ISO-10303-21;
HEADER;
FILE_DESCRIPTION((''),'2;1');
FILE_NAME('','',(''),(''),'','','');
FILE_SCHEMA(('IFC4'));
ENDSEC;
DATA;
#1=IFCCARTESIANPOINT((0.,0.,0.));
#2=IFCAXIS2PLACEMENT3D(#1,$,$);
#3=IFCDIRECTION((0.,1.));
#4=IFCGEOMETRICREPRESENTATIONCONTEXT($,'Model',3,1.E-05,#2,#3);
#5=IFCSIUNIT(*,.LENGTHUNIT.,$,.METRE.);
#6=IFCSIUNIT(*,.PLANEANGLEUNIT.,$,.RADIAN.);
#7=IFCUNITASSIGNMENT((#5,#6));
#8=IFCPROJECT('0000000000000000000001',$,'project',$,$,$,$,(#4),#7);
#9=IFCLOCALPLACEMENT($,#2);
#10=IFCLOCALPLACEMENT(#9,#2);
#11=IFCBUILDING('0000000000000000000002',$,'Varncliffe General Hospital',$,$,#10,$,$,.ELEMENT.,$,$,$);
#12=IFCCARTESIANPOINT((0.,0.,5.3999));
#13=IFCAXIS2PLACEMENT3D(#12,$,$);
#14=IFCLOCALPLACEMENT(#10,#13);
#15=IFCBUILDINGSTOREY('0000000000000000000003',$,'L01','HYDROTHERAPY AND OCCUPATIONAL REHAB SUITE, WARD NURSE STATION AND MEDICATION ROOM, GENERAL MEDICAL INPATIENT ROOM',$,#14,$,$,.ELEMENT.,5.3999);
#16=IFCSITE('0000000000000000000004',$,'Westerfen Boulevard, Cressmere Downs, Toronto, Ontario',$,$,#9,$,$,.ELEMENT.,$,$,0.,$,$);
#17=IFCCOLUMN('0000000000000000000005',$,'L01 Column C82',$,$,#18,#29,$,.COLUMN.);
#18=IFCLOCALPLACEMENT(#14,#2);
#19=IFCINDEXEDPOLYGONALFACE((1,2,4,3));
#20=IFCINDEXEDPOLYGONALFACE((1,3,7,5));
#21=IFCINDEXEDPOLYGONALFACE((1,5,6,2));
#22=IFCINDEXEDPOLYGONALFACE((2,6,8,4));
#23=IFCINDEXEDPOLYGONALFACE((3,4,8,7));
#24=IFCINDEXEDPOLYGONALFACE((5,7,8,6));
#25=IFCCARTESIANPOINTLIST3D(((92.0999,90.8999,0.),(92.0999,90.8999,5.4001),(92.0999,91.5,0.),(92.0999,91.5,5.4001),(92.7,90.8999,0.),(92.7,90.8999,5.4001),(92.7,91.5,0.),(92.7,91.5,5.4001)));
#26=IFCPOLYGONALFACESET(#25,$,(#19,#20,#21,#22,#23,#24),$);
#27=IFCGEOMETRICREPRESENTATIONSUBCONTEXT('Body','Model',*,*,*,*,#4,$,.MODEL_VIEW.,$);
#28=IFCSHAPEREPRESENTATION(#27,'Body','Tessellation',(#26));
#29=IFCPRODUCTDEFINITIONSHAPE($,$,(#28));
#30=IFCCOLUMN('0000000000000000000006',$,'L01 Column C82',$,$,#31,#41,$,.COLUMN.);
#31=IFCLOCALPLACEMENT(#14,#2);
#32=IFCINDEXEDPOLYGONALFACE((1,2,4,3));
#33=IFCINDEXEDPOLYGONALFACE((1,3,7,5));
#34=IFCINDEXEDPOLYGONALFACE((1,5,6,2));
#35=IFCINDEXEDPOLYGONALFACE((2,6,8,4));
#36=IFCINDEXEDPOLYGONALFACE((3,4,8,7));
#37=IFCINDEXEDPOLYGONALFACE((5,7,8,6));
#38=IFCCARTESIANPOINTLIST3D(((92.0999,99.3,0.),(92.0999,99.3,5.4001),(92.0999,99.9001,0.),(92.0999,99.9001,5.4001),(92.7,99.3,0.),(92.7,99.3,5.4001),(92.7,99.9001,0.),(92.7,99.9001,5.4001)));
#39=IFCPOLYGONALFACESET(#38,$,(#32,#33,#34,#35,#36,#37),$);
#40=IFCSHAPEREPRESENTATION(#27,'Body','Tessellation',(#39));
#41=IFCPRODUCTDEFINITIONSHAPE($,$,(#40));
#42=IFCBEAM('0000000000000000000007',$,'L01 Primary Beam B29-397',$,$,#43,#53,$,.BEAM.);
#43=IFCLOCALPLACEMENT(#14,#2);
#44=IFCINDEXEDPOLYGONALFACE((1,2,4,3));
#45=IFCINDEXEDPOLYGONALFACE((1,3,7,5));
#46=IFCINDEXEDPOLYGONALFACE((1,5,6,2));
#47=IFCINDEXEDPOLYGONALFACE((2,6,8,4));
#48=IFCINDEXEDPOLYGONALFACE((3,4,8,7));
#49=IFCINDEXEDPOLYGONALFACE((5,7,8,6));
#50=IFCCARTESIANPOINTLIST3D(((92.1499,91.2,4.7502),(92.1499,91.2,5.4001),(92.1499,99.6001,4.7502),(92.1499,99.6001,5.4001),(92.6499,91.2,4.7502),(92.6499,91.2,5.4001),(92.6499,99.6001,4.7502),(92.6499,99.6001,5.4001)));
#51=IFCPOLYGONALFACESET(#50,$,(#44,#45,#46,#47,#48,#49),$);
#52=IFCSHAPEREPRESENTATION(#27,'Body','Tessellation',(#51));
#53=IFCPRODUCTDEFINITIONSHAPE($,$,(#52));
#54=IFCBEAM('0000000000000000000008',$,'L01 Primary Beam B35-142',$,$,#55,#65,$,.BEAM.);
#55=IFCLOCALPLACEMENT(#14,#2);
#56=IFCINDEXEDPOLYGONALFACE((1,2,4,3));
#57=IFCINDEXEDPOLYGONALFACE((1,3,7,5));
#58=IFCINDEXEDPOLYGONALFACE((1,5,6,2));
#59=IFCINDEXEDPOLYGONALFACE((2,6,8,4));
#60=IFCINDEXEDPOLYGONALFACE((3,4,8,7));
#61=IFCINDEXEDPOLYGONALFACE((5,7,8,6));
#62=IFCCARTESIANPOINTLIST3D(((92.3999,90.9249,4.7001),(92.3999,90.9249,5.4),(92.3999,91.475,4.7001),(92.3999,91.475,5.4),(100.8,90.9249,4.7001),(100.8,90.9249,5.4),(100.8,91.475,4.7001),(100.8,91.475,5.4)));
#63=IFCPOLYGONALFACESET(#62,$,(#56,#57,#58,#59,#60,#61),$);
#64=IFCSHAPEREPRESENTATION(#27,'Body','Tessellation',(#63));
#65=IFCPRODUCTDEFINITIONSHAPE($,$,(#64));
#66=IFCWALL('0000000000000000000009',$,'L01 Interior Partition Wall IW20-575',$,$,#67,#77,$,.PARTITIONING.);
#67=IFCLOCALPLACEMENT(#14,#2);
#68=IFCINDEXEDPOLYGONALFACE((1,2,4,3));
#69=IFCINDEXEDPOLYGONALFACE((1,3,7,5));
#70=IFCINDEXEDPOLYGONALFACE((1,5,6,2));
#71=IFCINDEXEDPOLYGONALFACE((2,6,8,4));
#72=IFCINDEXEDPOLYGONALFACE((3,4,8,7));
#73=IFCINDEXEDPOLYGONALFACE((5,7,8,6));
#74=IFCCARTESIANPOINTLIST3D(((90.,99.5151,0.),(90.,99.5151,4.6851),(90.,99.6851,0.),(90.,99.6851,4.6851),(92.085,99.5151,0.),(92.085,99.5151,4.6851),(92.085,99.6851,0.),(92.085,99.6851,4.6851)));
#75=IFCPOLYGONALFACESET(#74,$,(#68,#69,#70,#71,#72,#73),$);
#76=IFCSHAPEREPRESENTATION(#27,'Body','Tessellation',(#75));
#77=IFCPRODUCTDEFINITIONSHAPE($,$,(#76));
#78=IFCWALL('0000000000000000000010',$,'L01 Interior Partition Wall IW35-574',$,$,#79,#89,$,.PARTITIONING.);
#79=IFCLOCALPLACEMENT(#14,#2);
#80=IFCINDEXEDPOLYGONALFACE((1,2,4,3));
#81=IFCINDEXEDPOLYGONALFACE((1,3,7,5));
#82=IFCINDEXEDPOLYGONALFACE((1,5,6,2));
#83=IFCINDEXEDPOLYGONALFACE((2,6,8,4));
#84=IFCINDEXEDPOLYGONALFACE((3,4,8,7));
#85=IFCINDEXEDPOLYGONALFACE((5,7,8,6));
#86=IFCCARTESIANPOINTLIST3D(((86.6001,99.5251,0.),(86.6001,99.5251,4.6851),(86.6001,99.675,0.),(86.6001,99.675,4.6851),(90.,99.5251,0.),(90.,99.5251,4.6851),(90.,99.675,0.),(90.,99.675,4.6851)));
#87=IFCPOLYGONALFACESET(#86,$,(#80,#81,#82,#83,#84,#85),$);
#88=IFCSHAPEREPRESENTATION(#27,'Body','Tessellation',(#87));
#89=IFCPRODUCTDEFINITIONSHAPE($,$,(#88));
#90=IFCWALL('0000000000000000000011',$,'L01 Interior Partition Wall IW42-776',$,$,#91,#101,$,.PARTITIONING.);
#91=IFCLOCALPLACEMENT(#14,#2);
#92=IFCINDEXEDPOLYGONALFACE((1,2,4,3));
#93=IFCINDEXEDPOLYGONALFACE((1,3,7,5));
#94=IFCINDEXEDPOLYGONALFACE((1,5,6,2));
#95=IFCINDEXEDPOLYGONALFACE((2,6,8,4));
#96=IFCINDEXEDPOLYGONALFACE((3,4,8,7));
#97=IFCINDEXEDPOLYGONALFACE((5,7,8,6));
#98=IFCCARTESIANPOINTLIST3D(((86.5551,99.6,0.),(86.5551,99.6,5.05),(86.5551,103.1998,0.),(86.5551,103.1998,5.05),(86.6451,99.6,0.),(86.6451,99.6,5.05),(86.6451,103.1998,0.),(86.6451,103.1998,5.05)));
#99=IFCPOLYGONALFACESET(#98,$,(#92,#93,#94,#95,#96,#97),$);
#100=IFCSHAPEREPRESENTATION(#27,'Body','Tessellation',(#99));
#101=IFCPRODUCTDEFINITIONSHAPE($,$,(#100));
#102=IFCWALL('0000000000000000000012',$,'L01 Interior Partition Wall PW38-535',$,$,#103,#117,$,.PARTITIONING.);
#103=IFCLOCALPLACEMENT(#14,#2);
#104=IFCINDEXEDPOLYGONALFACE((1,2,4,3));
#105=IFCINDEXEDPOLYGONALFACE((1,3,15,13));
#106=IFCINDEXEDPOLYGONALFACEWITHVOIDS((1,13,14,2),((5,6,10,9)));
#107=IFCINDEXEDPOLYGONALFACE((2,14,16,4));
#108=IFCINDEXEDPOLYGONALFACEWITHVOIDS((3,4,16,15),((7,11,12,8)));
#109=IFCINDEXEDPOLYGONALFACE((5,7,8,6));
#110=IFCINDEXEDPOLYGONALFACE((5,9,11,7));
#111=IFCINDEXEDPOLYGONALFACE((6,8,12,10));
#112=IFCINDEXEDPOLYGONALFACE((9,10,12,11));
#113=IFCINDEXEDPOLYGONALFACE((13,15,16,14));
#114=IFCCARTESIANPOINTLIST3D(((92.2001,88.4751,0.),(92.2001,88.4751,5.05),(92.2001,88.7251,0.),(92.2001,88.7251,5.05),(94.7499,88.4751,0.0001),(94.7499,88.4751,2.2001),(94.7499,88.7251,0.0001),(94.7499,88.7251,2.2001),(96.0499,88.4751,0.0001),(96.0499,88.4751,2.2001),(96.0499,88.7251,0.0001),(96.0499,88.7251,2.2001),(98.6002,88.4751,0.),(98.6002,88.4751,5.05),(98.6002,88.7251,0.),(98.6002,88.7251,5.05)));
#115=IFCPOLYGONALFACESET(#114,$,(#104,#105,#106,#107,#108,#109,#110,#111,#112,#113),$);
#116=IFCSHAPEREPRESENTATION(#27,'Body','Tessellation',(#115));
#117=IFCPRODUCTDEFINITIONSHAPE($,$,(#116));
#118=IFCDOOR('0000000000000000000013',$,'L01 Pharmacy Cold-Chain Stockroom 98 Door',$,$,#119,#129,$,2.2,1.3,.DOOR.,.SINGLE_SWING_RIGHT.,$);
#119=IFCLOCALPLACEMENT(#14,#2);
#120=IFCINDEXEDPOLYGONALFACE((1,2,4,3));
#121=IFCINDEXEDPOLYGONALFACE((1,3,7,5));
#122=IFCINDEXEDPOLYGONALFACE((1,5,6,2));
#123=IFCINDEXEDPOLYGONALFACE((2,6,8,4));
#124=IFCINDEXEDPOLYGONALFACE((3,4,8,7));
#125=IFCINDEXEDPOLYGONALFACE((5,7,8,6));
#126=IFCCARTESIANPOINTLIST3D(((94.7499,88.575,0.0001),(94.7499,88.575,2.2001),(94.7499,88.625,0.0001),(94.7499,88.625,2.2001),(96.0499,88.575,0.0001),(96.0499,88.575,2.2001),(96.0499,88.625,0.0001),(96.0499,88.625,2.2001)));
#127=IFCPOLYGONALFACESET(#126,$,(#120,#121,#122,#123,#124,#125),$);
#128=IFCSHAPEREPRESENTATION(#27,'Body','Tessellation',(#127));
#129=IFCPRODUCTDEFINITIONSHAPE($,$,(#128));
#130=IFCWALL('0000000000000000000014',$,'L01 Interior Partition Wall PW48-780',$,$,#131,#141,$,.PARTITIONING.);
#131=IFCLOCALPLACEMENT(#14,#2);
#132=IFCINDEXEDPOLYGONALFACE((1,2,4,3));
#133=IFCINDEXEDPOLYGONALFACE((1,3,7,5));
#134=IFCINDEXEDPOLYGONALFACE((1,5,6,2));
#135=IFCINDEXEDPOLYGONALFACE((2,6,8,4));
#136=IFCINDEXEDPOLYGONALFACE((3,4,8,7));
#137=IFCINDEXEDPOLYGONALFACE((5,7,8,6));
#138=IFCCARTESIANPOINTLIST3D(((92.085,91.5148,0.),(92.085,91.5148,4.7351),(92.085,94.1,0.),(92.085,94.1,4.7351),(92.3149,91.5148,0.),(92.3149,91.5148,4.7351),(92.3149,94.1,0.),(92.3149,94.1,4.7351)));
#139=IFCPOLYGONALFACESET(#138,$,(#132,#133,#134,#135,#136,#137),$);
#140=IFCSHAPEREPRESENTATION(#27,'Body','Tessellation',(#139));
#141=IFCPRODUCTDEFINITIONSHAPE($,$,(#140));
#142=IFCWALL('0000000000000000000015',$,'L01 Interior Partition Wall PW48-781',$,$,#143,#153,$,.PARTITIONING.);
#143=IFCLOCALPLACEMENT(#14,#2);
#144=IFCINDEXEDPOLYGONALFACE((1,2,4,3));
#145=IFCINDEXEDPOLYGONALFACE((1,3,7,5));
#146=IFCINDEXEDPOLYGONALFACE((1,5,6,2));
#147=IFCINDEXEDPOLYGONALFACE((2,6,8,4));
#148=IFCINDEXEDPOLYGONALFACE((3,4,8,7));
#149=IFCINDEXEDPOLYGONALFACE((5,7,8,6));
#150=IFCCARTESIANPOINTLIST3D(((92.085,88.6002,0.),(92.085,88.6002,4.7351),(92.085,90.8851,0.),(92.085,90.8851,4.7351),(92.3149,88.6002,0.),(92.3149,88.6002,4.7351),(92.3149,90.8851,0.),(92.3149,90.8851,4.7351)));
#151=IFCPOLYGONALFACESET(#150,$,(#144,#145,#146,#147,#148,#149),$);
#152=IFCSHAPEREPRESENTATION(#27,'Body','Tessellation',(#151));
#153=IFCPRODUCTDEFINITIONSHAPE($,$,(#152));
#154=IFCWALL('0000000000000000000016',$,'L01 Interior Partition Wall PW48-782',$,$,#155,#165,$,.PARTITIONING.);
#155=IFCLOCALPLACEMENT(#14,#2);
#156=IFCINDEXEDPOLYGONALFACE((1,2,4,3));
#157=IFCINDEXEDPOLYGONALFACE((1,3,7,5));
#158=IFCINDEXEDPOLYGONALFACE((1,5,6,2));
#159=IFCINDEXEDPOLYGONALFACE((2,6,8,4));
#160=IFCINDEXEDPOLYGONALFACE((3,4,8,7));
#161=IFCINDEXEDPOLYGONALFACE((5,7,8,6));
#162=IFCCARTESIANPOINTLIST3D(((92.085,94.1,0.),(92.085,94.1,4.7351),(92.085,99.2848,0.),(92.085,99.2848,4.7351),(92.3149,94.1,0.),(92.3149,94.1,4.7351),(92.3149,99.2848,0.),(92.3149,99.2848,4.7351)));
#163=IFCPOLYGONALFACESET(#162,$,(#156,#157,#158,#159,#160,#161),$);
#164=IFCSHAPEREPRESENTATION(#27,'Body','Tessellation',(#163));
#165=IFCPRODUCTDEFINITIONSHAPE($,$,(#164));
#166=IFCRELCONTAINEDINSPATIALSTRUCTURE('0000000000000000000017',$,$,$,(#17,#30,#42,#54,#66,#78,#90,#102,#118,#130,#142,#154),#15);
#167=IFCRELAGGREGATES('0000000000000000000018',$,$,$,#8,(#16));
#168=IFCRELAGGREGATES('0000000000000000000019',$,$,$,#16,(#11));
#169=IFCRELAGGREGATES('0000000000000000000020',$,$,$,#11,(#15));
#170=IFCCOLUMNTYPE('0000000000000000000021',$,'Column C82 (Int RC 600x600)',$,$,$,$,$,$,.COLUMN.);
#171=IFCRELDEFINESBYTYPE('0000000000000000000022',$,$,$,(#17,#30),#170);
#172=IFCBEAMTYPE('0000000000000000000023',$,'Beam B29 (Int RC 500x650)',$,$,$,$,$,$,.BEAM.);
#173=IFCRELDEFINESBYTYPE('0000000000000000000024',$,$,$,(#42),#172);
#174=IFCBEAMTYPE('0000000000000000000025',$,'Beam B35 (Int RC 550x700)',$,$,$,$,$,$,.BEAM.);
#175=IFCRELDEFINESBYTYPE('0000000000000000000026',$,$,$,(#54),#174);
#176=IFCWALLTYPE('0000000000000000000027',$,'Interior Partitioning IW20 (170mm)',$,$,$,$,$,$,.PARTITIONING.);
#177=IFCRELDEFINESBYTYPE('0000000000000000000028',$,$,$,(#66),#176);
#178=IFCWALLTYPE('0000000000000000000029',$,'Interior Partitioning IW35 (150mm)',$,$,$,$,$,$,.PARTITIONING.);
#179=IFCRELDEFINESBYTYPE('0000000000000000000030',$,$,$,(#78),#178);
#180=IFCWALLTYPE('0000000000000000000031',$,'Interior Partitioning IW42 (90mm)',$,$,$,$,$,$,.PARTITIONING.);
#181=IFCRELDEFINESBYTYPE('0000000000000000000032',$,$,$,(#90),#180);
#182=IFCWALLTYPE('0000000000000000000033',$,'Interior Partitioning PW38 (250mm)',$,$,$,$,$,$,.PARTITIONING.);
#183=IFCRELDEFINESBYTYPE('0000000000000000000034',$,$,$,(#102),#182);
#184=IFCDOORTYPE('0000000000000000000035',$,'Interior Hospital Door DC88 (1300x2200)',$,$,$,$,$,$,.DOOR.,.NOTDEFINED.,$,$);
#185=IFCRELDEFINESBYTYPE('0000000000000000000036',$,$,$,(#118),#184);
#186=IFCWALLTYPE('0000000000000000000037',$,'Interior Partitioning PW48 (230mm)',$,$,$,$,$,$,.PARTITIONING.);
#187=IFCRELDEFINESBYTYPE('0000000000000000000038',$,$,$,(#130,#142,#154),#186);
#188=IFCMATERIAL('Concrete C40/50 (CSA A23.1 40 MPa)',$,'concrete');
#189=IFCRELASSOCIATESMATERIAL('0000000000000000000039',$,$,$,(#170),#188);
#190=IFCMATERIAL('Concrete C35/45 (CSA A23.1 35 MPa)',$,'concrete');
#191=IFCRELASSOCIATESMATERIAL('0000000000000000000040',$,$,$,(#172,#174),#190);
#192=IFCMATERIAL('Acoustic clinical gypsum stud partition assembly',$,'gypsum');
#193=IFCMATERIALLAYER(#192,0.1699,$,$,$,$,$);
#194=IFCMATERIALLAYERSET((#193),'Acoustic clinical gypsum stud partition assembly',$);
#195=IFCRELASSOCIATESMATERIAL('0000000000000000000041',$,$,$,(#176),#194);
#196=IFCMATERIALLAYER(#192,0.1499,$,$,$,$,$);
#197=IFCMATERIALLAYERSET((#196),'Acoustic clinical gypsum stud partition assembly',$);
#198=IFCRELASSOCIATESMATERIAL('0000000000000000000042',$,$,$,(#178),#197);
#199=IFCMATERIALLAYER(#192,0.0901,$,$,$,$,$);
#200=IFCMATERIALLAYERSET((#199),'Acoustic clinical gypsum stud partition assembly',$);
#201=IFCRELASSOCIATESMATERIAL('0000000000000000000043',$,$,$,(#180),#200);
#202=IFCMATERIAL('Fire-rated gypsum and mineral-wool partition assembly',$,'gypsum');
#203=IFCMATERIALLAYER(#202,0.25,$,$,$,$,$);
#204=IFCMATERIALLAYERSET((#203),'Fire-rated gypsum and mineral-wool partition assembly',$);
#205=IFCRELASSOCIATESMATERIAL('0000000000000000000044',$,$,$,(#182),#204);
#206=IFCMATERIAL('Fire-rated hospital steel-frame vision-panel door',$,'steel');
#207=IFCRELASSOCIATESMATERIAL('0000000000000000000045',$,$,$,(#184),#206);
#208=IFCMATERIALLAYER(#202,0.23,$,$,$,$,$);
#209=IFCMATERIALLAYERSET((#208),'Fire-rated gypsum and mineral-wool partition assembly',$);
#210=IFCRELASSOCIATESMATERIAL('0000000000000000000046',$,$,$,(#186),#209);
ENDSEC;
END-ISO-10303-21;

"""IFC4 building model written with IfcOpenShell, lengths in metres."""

from ifc_helpers import new_model, si_unit, direction, frame, frame_2d, origin, origin_2d, place, context, subcontext, project, spatial, rectangle, extrude, material, layer, layer_set, material_profile, profile_set, type_object, element, fill, save


model = new_model("IFC4")

# Units and contexts
model_context = context("Model", 3, precision=1e-05, world=origin(), true_north=direction((0.0, 1.0)))
body_context = subcontext(model_context, "Body", "Model", "MODEL_VIEW")
ifc_project = project(units=[si_unit("LENGTHUNIT", "METRE"), si_unit("PLANEANGLEUNIT", "RADIAN")], contexts=[model_context])

# Site, building, storey
site_placement = place(None, origin())
site = spatial("IfcSite", under=ifc_project, at=site_placement, Name="Westerfen Boulevard, Cressmere Downs, Toronto, Ontario", CompositionType="ELEMENT", RefElevation=0.0)
building_placement = place(site_placement, origin())
building = spatial("IfcBuilding", under=site, at=building_placement, Name="Varncliffe General Hospital", CompositionType="ELEMENT")
storey_placement = place(building_placement, frame((0.0, 0.0, 5.3999)))
storey = spatial("IfcBuildingStorey", under=building, at=storey_placement, Name="L01", Description="HYDROTHERAPY AND OCCUPATIONAL REHAB SUITE, WARD NURSE STATION AND MEDICATION ROOM, GENERAL MEDICAL INPATIENT ROOM", CompositionType="ELEMENT", Elevation=5.3999)

# Columns
ifc_material_1 = material(Name="Concrete C40/50 (CSA A23.1 40 MPa)", Category="concrete")
ifc_material_profile_1 = material_profile(ifc_material_1, rectangle(XDim=0.6001, YDim=0.6001, at=origin_2d()), Name="RC 600x600")
ifc_profile_set_1 = profile_set([ifc_material_profile_1], Name="Concrete C40/50 (CSA A23.1 40 MPa)")
column_type = type_object("IfcColumnType", Name="Column C82 (Int RC 600x600)", PredefinedType="COLUMN", material=ifc_profile_set_1)
for number, where, z_axis, x_axis, name in (
    (1, (92.3999, 91.2, 0.0), (0.0, 0.0, 1.0), (1.0, 0.0, 0.0), "L01 Column C82"),
    (2, (92.3999, 99.6001, 0.0), (0.0, 0.0, 1.0), (1.0, 0.0, 0.0), "L01 Column C82"),
):
    element("IfcColumn", number, at=place(storey_placement, frame(where, z_axis=z_axis, x_axis=x_axis)), inside=storey, type_object=column_type, Name=name, PredefinedType="COLUMN", context=body_context, shape_type="SweptSolid", body=[
        extrude(rectangle(XDim=0.6001, YDim=0.6001, at=origin_2d()), origin(), (0.0, 0.0, 1.0), 5.4001),
    ])

# Beams
ifc_material_2 = material(Name="Concrete C35/45 (CSA A23.1 35 MPa)", Category="concrete")
ifc_material_profile_2 = material_profile(ifc_material_2, rectangle(XDim=0.5, YDim=0.6499, at=origin_2d()), Name="RC 500x650")
ifc_profile_set_2 = profile_set([ifc_material_profile_2], Name="Concrete C35/45 (CSA A23.1 35 MPa)")
beam_type_1 = type_object("IfcBeamType", Name="Beam B29 (Int RC 500x650)", PredefinedType="BEAM", material=ifc_profile_set_2)
beam_1_placement = place(storey_placement, frame((92.3999, 91.2, 5.0752), z_axis=(0.0, 1.0, 0.0), x_axis=(-1.0, 0.0, 0.0)))
element("IfcBeam", 3, at=beam_1_placement, inside=storey, type_object=beam_type_1, Name="L01 Primary Beam B29-397", PredefinedType="BEAM", context=body_context, shape_type="SweptSolid", body=[
    extrude(rectangle(XDim=0.5, YDim=0.6499, at=origin_2d()), origin(), (0.0, 0.0, 1.0), 8.4001),
])
ifc_material_profile_3 = material_profile(ifc_material_2, rectangle(XDim=0.55, YDim=0.7, at=origin_2d()), Name="RC 550x700")
ifc_profile_set_3 = profile_set([ifc_material_profile_3], Name="Concrete C35/45 (CSA A23.1 35 MPa)")
beam_type_2 = type_object("IfcBeamType", Name="Beam B35 (Int RC 550x700)", PredefinedType="BEAM", material=ifc_profile_set_3)
beam_2_placement = place(storey_placement, frame((92.3999, 91.2, 5.05), z_axis=(1.0, 0.0, 0.0), x_axis=(0.0, 1.0, 0.0)))
element("IfcBeam", 4, at=beam_2_placement, inside=storey, type_object=beam_type_2, Name="L01 Primary Beam B35-142", PredefinedType="BEAM", context=body_context, shape_type="SweptSolid", body=[
    extrude(rectangle(XDim=0.55, YDim=0.7, at=origin_2d()), origin(), (0.0, 0.0, 1.0), 8.4001),
])

# Walls
ifc_material_3 = material(Name="Acoustic clinical gypsum stud partition assembly", Category="gypsum")
ifc_layer_1 = layer(ifc_material_3, 0.1699)
ifc_layer_set_1 = layer_set([ifc_layer_1], Name="Acoustic clinical gypsum stud partition assembly")
wall_type_1 = type_object("IfcWallType", Name="Interior Partitioning IW20 (170mm)", PredefinedType="PARTITIONING", material=ifc_layer_set_1)
wall_1_placement = place(storey_placement, frame((90.0, 99.6001, 0.0), z_axis=(0.0, 0.0, 1.0), x_axis=(1.0, 0.0, 0.0)))
element("IfcWall", 5, at=wall_1_placement, inside=storey, type_object=wall_type_1, Name="L01 Interior Partition Wall IW20-575", PredefinedType="PARTITIONING", context=body_context, shape_type="SweptSolid", body=[
    extrude(rectangle(XDim=2.085, YDim=0.1699, at=frame_2d((1.0425, 0.0))), origin(), (0.0, 0.0, 1.0), 4.6851),
])
ifc_layer_2 = layer(ifc_material_3, 0.1499)
ifc_layer_set_2 = layer_set([ifc_layer_2], Name="Acoustic clinical gypsum stud partition assembly")
wall_type_2 = type_object("IfcWallType", Name="Interior Partitioning IW35 (150mm)", PredefinedType="PARTITIONING", material=ifc_layer_set_2)
wall_2_placement = place(storey_placement, frame((86.6001, 99.6001, 0.0), z_axis=(0.0, 0.0, 1.0), x_axis=(1.0, 0.0, 0.0)))
element("IfcWall", 6, at=wall_2_placement, inside=storey, type_object=wall_type_2, Name="L01 Interior Partition Wall IW35-574", PredefinedType="PARTITIONING", context=body_context, shape_type="SweptSolid", body=[
    extrude(rectangle(XDim=3.3999, YDim=0.1499, at=frame_2d((1.7, 0.0))), origin(), (0.0, 0.0, 1.0), 4.6851),
])
ifc_layer_3 = layer(ifc_material_3, 0.0901)
ifc_layer_set_3 = layer_set([ifc_layer_3], Name="Acoustic clinical gypsum stud partition assembly")
wall_type_3 = type_object("IfcWallType", Name="Interior Partitioning IW42 (90mm)", PredefinedType="PARTITIONING", material=ifc_layer_set_3)
wall_3_placement = place(storey_placement, frame((86.6001, 99.6001, 0.0), z_axis=(0.0, 0.0, 1.0), x_axis=(0.0, 1.0, 0.0)))
element("IfcWall", 7, at=wall_3_placement, inside=storey, type_object=wall_type_3, Name="L01 Interior Partition Wall IW42-776", PredefinedType="PARTITIONING", context=body_context, shape_type="SweptSolid", body=[
    extrude(rectangle(XDim=3.5999, YDim=0.0901, at=frame_2d((1.7998, 0.0))), origin(), (0.0, 0.0, 1.0), 5.05),
])

# Wall, opening, door
ifc_material_4 = material(Name="Fire-rated gypsum and mineral-wool partition assembly", Category="gypsum")
ifc_layer_4 = layer(ifc_material_4, 0.25)
ifc_layer_set_4 = layer_set([ifc_layer_4], Name="Fire-rated gypsum and mineral-wool partition assembly")
wall_type_4 = type_object("IfcWallType", Name="Interior Partitioning PW38 (250mm)", PredefinedType="PARTITIONING", material=ifc_layer_set_4)
wall_4_placement = place(storey_placement, frame((92.2, 88.6001, 0.0), z_axis=(0.0, 0.0, 1.0), x_axis=(1.0, 0.0, 0.0)))
wall_4 = element("IfcWall", 8, at=wall_4_placement, inside=storey, type_object=wall_type_4, Name="L01 Interior Partition Wall PW38-535", PredefinedType="PARTITIONING", context=body_context, shape_type="SweptSolid", body=[
    extrude(rectangle(XDim=6.4001, YDim=0.25, at=frame_2d((3.2002, 0.0))), origin(), (0.0, 0.0, 1.0), 5.05),
])
opening_1_placement = place(wall_4_placement, frame((2.55, 0.0, 0.0)))
opening_1 = element("IfcOpeningElement", 9, at=opening_1_placement, cuts=wall_4, PredefinedType="OPENING", context=body_context, shape_type="SweptSolid", body=[
    extrude(rectangle(XDim=1.3, YDim=2.2, at=frame_2d((0.6499, 1.1001))), frame((0.0, 0.135, 0.0), z_axis=(0.0, -1.0, 0.0), x_axis=(1.0, 0.0, 0.0)), (0.0, 0.0, 1.0), 0.27),
])
ifc_material_5 = material(Name="Fire-rated hospital steel-frame vision-panel door", Category="steel")
door_type_1 = type_object("IfcDoorType", Name="Interior Hospital Door DC88 (1300x2200)", OperationType="NOTDEFINED", PredefinedType="DOOR", material=ifc_material_5)
door_1_placement = place(opening_1_placement, origin())
door_1 = element("IfcDoor", 10, at=door_1_placement, inside=storey, type_object=door_type_1, Name="L01 Pharmacy Cold-Chain Stockroom 98 Door", OperationType="SINGLE_SWING_RIGHT", OverallHeight=2.2, OverallWidth=1.3, PredefinedType="DOOR", context=body_context, shape_type="SweptSolid", body=[
    extrude(rectangle(XDim=1.3, YDim=2.2, at=frame_2d((0.6499, 1.1001))), frame((0.0, 0.0249, 0.0), z_axis=(0.0, -1.0, 0.0), x_axis=(1.0, 0.0, 0.0)), (0.0, 0.0, 1.0), 0.05),
])
fill(opening_1, door_1)

# Walls
ifc_layer_5 = layer(ifc_material_4, 0.23)
ifc_layer_set_5 = layer_set([ifc_layer_5], Name="Fire-rated gypsum and mineral-wool partition assembly")
wall_type_5 = type_object("IfcWallType", Name="Interior Partitioning PW48 (230mm)", PredefinedType="PARTITIONING", material=ifc_layer_set_5)
wall_5_placement = place(storey_placement, frame((92.2, 91.5149, 0.0), z_axis=(0.0, 0.0, 1.0), x_axis=(0.0, 1.0, 0.0)))
element("IfcWall", 11, at=wall_5_placement, inside=storey, type_object=wall_type_5, Name="L01 Interior Partition Wall PW48-780", PredefinedType="PARTITIONING", context=body_context, shape_type="SweptSolid", body=[
    extrude(rectangle(XDim=2.5852, YDim=0.23, at=frame_2d((1.2925, 0.0))), origin(), (0.0, 0.0, 1.0), 4.7351),
])
wall_6_placement = place(storey_placement, frame((92.2, 88.6001, 0.0), z_axis=(0.0, 0.0, 1.0), x_axis=(0.0, 1.0, 0.0)))
element("IfcWall", 12, at=wall_6_placement, inside=storey, type_object=wall_type_5, Name="L01 Interior Partition Wall PW48-781", PredefinedType="PARTITIONING", context=body_context, shape_type="SweptSolid", body=[
    extrude(rectangle(XDim=2.2849, YDim=0.23, at=frame_2d((1.1426, 0.0))), origin(), (0.0, 0.0, 1.0), 4.7351),
])
wall_7_placement = place(storey_placement, frame((92.2, 94.1001, 0.0), z_axis=(0.0, 0.0, 1.0), x_axis=(0.0, 1.0, 0.0)))
element("IfcWall", 13, at=wall_7_placement, inside=storey, type_object=wall_type_5, Name="L01 Interior Partition Wall PW48-782", PredefinedType="PARTITIONING", context=body_context, shape_type="SweptSolid", body=[
    extrude(rectangle(XDim=5.1848, YDim=0.23, at=frame_2d((2.5923, 0.0))), origin(), (0.0, 0.0, 1.0), 4.7351),
])

save(model, "model.ifc")
